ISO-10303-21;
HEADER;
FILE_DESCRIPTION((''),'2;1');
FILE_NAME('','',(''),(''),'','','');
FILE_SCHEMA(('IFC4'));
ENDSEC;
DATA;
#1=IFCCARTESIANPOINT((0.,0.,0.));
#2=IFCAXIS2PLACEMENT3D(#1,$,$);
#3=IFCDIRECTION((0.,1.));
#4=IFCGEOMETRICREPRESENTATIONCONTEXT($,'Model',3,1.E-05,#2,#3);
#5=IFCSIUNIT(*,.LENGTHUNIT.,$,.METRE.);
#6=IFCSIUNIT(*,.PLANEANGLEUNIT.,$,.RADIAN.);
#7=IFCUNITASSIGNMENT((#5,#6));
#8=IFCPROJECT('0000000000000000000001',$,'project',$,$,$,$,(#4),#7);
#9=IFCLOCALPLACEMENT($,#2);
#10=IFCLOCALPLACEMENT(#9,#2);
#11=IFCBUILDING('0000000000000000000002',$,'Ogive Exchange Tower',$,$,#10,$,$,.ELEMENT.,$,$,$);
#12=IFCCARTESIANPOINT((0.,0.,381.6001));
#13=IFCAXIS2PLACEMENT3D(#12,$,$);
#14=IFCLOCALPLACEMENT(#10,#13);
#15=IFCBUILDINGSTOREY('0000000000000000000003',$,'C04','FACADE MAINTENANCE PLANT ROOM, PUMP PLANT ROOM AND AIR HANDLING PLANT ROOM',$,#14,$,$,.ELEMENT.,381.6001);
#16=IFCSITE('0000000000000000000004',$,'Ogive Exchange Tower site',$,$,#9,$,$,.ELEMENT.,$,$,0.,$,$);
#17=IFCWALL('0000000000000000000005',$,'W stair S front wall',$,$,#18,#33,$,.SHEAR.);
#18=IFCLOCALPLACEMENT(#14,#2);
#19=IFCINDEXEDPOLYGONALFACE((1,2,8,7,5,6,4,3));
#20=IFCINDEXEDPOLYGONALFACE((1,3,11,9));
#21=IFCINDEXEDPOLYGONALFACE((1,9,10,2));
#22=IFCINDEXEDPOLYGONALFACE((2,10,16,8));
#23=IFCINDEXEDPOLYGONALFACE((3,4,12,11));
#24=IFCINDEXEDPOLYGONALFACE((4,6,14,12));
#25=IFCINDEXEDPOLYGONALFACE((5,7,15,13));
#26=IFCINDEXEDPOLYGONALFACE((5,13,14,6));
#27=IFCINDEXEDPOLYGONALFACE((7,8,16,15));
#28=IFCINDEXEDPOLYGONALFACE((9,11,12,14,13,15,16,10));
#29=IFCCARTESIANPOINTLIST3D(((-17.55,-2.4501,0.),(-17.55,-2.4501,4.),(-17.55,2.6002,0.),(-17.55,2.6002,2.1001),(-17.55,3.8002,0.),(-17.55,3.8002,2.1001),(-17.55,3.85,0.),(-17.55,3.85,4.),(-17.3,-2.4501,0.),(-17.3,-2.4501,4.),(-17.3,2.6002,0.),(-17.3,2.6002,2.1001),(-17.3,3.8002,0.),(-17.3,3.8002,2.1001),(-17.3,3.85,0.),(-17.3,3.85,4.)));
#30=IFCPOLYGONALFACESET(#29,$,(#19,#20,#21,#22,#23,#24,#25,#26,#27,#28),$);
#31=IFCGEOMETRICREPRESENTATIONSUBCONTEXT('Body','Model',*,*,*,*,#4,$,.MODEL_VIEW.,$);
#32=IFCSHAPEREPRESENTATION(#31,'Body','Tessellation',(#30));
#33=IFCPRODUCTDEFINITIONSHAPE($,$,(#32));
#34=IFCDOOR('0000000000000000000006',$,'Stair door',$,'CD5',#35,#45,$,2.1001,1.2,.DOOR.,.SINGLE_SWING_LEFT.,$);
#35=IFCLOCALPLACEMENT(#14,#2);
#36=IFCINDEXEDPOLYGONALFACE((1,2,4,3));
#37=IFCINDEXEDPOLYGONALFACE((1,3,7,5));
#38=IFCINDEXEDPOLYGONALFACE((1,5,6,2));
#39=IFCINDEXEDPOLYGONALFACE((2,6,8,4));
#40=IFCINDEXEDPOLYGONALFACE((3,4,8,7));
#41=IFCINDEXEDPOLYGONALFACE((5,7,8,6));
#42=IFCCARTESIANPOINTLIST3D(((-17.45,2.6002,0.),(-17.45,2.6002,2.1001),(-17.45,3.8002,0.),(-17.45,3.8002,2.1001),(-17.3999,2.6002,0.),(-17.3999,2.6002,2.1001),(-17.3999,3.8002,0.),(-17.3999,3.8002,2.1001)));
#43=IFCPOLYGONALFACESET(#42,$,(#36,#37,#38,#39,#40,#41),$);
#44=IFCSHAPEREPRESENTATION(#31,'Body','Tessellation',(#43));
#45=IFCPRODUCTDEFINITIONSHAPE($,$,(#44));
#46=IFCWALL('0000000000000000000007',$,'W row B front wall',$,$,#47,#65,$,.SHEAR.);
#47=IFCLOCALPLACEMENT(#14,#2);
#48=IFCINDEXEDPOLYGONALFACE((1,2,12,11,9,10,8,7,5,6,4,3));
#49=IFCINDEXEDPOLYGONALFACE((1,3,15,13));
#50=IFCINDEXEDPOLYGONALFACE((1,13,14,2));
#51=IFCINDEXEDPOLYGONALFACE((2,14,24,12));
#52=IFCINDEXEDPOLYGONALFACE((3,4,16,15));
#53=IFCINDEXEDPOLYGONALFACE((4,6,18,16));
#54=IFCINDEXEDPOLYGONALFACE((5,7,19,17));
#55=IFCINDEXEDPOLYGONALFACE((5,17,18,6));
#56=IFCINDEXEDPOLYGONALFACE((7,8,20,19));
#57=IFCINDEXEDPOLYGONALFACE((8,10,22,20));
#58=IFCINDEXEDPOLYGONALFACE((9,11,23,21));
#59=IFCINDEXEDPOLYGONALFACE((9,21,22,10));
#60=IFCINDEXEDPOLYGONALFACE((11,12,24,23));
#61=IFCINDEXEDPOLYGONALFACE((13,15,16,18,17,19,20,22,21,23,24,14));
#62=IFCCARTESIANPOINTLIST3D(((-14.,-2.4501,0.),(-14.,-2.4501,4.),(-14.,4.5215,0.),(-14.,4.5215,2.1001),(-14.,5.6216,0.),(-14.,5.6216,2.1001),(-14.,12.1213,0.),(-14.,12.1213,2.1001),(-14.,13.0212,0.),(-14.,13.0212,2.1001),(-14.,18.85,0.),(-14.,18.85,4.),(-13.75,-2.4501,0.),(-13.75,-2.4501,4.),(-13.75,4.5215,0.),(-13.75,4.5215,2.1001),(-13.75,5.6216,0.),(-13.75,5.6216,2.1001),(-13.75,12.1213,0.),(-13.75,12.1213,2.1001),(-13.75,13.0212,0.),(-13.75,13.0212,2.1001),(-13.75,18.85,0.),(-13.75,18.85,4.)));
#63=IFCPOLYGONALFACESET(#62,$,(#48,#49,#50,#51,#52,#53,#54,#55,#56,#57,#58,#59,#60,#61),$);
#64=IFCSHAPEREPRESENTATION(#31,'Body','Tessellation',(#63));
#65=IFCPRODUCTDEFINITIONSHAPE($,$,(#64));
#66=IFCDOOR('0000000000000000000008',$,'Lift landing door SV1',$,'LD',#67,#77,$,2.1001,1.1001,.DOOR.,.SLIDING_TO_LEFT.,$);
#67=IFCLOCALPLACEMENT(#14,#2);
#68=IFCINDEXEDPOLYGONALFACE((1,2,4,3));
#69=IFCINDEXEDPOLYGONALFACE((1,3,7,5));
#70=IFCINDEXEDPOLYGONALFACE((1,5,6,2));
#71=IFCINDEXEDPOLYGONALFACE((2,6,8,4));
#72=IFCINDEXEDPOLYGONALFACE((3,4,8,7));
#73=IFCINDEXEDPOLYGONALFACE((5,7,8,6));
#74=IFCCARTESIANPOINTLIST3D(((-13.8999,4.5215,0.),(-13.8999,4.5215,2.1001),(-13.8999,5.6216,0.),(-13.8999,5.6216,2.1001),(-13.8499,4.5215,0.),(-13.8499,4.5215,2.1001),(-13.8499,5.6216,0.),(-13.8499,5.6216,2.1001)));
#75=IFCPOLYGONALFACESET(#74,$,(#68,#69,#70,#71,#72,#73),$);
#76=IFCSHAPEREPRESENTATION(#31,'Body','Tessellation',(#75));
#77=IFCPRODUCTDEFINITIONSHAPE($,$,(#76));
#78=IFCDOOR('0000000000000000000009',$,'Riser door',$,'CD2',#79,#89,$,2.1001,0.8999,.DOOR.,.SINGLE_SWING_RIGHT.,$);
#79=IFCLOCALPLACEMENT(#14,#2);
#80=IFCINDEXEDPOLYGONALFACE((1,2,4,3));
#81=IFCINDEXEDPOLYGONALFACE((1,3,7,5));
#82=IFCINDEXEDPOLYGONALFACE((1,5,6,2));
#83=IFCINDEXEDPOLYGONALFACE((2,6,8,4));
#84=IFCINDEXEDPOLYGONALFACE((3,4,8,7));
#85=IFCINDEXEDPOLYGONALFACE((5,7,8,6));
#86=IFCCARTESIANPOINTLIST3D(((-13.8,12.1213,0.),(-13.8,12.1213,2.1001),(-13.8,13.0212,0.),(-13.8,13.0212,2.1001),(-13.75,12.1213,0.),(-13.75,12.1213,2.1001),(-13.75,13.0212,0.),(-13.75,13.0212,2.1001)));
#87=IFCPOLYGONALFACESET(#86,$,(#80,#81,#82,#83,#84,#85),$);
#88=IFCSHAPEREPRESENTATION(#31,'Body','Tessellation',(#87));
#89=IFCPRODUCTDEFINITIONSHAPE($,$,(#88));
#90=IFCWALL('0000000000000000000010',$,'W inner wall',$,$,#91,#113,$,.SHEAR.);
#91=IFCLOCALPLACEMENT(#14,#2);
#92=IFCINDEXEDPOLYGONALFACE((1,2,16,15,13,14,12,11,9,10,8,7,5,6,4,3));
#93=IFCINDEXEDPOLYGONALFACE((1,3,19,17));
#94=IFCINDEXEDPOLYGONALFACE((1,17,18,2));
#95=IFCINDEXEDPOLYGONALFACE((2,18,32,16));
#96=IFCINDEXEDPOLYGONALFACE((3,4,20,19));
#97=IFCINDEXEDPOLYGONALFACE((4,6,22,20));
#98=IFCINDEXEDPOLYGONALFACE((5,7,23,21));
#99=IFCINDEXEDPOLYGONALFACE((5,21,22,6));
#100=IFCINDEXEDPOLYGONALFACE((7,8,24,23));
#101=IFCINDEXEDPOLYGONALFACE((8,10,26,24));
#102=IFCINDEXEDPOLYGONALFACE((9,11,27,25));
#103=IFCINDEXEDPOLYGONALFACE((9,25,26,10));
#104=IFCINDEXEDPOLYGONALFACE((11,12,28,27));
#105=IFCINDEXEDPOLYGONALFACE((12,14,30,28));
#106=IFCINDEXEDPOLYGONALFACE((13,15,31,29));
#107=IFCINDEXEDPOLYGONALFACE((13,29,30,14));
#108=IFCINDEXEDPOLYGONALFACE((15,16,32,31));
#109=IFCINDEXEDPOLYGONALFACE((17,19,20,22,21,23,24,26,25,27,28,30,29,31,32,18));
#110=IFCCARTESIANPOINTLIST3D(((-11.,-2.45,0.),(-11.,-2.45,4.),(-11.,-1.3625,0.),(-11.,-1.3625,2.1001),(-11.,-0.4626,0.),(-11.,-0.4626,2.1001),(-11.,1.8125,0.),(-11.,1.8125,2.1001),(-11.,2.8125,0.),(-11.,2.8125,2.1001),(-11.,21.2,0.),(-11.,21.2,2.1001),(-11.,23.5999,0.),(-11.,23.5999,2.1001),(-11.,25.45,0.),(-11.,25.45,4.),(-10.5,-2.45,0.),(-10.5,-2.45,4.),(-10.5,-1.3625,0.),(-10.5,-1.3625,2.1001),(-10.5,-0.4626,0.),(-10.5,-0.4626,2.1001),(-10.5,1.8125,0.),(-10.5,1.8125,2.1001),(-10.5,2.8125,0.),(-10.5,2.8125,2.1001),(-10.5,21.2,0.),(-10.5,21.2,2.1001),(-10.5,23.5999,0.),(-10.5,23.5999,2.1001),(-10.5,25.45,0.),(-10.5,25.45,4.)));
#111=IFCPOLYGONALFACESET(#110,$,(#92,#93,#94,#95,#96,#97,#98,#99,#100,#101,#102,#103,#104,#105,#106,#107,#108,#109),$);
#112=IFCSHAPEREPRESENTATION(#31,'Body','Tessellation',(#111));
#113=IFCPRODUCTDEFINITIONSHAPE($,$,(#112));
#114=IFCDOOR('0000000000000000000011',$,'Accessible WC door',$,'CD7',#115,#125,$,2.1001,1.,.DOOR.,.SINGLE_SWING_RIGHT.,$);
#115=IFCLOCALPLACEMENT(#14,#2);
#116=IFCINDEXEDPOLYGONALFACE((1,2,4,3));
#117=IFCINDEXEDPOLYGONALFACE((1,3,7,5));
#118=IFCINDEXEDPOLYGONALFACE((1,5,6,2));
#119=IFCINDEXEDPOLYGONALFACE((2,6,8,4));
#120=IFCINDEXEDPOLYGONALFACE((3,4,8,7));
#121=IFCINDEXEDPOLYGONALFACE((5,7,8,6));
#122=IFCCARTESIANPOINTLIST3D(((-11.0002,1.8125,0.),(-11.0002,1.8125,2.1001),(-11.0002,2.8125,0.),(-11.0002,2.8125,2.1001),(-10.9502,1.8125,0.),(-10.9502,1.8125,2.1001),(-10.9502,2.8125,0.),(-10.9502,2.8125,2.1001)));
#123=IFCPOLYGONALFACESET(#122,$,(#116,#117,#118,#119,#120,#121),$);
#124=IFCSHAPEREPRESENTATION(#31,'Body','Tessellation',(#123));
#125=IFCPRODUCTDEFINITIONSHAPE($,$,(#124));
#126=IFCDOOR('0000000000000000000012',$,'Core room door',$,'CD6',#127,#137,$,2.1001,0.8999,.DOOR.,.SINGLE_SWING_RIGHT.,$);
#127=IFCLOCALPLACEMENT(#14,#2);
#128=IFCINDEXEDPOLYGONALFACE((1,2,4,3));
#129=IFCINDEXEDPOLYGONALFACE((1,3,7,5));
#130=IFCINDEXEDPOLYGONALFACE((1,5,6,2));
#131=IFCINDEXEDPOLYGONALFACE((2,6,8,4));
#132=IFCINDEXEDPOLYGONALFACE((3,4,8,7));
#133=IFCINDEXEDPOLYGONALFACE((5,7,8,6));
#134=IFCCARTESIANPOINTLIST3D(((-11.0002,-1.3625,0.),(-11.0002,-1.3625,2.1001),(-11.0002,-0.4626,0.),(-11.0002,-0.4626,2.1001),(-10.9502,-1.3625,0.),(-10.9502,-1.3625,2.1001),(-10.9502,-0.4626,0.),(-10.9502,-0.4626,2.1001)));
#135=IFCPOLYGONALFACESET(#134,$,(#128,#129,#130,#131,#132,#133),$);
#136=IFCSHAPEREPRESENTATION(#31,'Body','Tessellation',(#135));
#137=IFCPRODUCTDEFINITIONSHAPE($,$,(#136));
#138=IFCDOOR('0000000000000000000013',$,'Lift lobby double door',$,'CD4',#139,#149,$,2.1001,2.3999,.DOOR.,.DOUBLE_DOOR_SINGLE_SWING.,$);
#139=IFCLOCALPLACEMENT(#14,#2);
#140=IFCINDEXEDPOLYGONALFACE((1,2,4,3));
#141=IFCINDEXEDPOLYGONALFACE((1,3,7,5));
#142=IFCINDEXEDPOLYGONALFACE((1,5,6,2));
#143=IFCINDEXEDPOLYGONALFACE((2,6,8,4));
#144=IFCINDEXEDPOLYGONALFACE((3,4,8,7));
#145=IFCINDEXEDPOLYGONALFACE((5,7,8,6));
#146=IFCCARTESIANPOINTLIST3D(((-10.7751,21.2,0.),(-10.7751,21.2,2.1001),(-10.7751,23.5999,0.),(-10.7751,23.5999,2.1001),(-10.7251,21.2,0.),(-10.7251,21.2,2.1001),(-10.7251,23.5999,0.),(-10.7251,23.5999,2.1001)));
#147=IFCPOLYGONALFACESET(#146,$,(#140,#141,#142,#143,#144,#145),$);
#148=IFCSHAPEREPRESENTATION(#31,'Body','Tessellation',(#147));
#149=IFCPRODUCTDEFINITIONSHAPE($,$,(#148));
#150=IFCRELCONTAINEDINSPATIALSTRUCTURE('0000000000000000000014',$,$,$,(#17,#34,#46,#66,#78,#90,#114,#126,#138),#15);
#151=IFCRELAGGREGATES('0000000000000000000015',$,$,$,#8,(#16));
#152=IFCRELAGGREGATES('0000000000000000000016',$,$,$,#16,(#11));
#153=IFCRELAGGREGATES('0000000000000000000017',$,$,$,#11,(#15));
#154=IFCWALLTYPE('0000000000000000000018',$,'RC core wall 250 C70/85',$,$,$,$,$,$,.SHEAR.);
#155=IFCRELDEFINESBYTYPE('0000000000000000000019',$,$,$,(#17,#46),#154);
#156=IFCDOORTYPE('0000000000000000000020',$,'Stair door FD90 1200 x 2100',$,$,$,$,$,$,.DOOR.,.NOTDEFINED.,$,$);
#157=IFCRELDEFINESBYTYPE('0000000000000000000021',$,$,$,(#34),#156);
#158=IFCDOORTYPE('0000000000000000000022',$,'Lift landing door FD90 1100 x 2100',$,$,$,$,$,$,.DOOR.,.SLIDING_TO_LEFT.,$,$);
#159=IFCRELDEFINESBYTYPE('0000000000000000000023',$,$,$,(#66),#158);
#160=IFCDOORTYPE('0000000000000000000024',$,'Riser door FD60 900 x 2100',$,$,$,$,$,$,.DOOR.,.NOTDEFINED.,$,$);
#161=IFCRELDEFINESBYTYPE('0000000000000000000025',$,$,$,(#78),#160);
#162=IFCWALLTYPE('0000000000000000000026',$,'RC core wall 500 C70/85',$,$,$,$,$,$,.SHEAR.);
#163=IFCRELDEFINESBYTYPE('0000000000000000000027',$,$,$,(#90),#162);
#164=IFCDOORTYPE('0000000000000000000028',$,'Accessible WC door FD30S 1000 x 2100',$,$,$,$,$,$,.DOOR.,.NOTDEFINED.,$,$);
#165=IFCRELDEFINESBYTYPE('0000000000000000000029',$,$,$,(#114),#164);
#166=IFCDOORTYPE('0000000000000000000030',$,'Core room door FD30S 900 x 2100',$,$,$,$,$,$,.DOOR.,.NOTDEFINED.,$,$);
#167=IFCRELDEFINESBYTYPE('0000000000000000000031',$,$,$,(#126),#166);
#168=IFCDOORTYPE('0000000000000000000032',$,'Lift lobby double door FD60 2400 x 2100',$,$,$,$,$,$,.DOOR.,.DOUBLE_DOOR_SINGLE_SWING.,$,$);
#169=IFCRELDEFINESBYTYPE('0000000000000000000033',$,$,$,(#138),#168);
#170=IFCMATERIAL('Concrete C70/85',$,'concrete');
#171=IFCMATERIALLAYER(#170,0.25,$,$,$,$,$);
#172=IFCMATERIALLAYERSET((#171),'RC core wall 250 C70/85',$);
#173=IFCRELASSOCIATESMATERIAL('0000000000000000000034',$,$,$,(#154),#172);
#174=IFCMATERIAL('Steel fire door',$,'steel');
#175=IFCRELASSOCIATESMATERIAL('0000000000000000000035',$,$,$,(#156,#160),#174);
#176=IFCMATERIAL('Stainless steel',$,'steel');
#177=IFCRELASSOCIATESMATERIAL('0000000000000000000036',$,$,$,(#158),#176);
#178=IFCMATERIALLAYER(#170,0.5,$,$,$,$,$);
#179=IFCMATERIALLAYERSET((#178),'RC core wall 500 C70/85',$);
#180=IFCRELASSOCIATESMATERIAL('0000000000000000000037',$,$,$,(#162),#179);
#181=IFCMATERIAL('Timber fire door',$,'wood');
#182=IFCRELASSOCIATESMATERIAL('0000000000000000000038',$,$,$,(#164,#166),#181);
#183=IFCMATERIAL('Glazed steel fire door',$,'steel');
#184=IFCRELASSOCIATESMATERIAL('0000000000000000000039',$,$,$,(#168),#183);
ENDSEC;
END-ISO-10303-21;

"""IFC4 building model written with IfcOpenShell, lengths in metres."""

from ifc_helpers import new_model, si_unit, direction, frame, frame_2d, origin, place, context, subcontext, project, spatial, rectangle, extrude, material, layer, layer_set, type_object, element, fill, save


model = new_model("IFC4")

# Units and contexts
model_context = context("Model", 3, precision=1e-05, world=origin(), true_north=direction((0.0, 1.0)))
body_context = subcontext(model_context, "Body", "Model", "MODEL_VIEW")
ifc_project = project(units=[si_unit("LENGTHUNIT", "METRE"), si_unit("PLANEANGLEUNIT", "RADIAN")], contexts=[model_context])

# Site, building, storey
site_placement = place(None, origin())
site = spatial("IfcSite", under=ifc_project, at=site_placement, Name="Ogive Exchange Tower site", CompositionType="ELEMENT", RefElevation=0.0)
building_placement = place(site_placement, origin())
building = spatial("IfcBuilding", under=site, at=building_placement, Name="Ogive Exchange Tower", CompositionType="ELEMENT")
storey_placement = place(building_placement, frame((0.0, 0.0, 381.6001)))
storey = spatial("IfcBuildingStorey", under=building, at=storey_placement, Name="C04", Description="FACADE MAINTENANCE PLANT ROOM, PUMP PLANT ROOM AND AIR HANDLING PLANT ROOM", CompositionType="ELEMENT", Elevation=381.6001)

# Wall, opening, door
ifc_material_1 = material(Name="Concrete C70/85", Category="concrete")
ifc_layer_1 = layer(ifc_material_1, 0.25)
ifc_layer_set_1 = layer_set([ifc_layer_1], Name="RC core wall 250 C70/85")
wall_type_1 = type_object("IfcWallType", Name="RC core wall 250 C70/85", PredefinedType="SHEAR", material=ifc_layer_set_1)
wall_1_placement = place(storey_placement, frame((-17.425, -2.45, 0.0), z_axis=(0.0, 0.0, 1.0), x_axis=(0.0, 1.0, 0.0)))
wall_1 = element("IfcWall", 1, at=wall_1_placement, inside=storey, type_object=wall_type_1, Name="W stair S front wall", PredefinedType="SHEAR", context=body_context, shape_type="SweptSolid", body=[
    extrude(rectangle(XDim=6.3, YDim=0.25, at=frame_2d((3.1499, 0.0))), origin(), (0.0, 0.0, 1.0), 4.0),
])
opening_1_placement = place(wall_1_placement, frame((5.05, 0.0, 0.0)))
opening_1 = element("IfcOpeningElement", 2, at=opening_1_placement, cuts=wall_1, PredefinedType="OPENING", context=body_context, shape_type="SweptSolid", body=[
    extrude(rectangle(XDim=1.2, YDim=2.1001, at=frame_2d((0.6001, 1.05))), frame((0.0, 0.135, 0.0), z_axis=(0.0, -1.0, 0.0), x_axis=(1.0, 0.0, 0.0)), (0.0, 0.0, 1.0), 0.27),
])
ifc_material_2 = material(Name="Steel fire door", Category="steel")
door_type_1 = type_object("IfcDoorType", Name="Stair door FD90 1200 x 2100", OperationType="NOTDEFINED", PredefinedType="DOOR", material=ifc_material_2)
door_1_placement = place(opening_1_placement, origin())
door_1 = element("IfcDoor", 3, at=door_1_placement, inside=storey, type_object=door_type_1, Name="Stair door", ObjectType="CD5", OperationType="SINGLE_SWING_LEFT", OverallHeight=2.1001, OverallWidth=1.2, PredefinedType="DOOR", context=body_context, shape_type="SweptSolid", body=[
    extrude(rectangle(XDim=1.2, YDim=2.1001, at=frame_2d((0.6001, 1.05))), frame((0.0, 0.0249, 0.0), z_axis=(0.0, -1.0, 0.0), x_axis=(1.0, 0.0, 0.0)), (0.0, 0.0, 1.0), 0.05),
])
fill(opening_1, door_1)

# Walls, openings, doors
wall_2_placement = place(storey_placement, frame((-13.875, -2.45, 0.0), z_axis=(0.0, 0.0, 1.0), x_axis=(0.0, 1.0, 0.0)))
wall_2 = element("IfcWall", 4, at=wall_2_placement, inside=storey, type_object=wall_type_1, Name="W row B front wall", PredefinedType="SHEAR", context=body_context, shape_type="SweptSolid", body=[
    extrude(rectangle(XDim=21.3, YDim=0.25, at=frame_2d((10.6499, 0.0))), origin(), (0.0, 0.0, 1.0), 4.0),
])
opening_2_placement = place(wall_2_placement, frame((14.5713, 0.0, 0.0)))
opening_2 = element("IfcOpeningElement", 5, at=opening_2_placement, cuts=wall_2, PredefinedType="OPENING", context=body_context, shape_type="SweptSolid", body=[
    extrude(rectangle(XDim=0.8999, YDim=2.1001, at=frame_2d((0.45, 1.05))), frame((0.0, 0.135, 0.0), z_axis=(0.0, -1.0, 0.0), x_axis=(1.0, 0.0, 0.0)), (0.0, 0.0, 1.0), 0.27),
])
opening_3_placement = place(wall_2_placement, frame((6.9714, 0.0, 0.0)))
opening_3 = element("IfcOpeningElement", 6, at=opening_3_placement, cuts=wall_2, PredefinedType="OPENING", context=body_context, shape_type="SweptSolid", body=[
    extrude(rectangle(XDim=1.1001, YDim=2.1001, at=frame_2d((0.55, 1.05))), frame((0.0, 0.135, 0.0), z_axis=(0.0, -1.0, 0.0), x_axis=(1.0, 0.0, 0.0)), (0.0, 0.0, 1.0), 0.27),
])
ifc_material_3 = material(Name="Stainless steel", Category="steel")
door_type_2 = type_object("IfcDoorType", Name="Lift landing door FD90 1100 x 2100", OperationType="SLIDING_TO_LEFT", PredefinedType="DOOR", material=ifc_material_3)
door_2_placement = place(opening_3_placement, origin())
door_2 = element("IfcDoor", 7, at=door_2_placement, inside=storey, type_object=door_type_2, Name="Lift landing door SV1", ObjectType="LD", OperationType="SLIDING_TO_LEFT", OverallHeight=2.1001, OverallWidth=1.1001, PredefinedType="DOOR", context=body_context, shape_type="SweptSolid", body=[
    extrude(rectangle(XDim=1.1001, YDim=2.1001, at=frame_2d((0.55, 1.05))), frame((0.0, 0.0249, 0.0), z_axis=(0.0, -1.0, 0.0), x_axis=(1.0, 0.0, 0.0)), (0.0, 0.0, 1.0), 0.05),
])
fill(opening_3, door_2)
door_type_3 = type_object("IfcDoorType", Name="Riser door FD60 900 x 2100", OperationType="NOTDEFINED", PredefinedType="DOOR", material=ifc_material_2)
door_3_placement = place(opening_2_placement, frame((0.8999, -0.2002, 0.0), z_axis=(0.0, 0.0, 1.0), x_axis=(-1.0, 0.0, 0.0)))
door_3 = element("IfcDoor", 8, at=door_3_placement, inside=storey, type_object=door_type_3, Name="Riser door", ObjectType="CD2", OperationType="SINGLE_SWING_RIGHT", OverallHeight=2.1001, OverallWidth=0.8999, PredefinedType="DOOR", context=body_context, shape_type="SweptSolid", body=[
    extrude(rectangle(XDim=0.8999, YDim=2.1001, at=frame_2d((0.45, 1.05))), frame((0.0, -0.0752, 0.0), z_axis=(0.0, -1.0, 0.0), x_axis=(1.0, 0.0, 0.0)), (0.0, 0.0, 1.0), 0.05),
])
fill(opening_2, door_3)
ifc_layer_2 = layer(ifc_material_1, 0.5)
ifc_layer_set_2 = layer_set([ifc_layer_2], Name="RC core wall 500 C70/85")
wall_type_2 = type_object("IfcWallType", Name="RC core wall 500 C70/85", PredefinedType="SHEAR", material=ifc_layer_set_2)
wall_3_placement = place(storey_placement, frame((-10.75, -2.45, 0.0), z_axis=(0.0, 0.0, 1.0), x_axis=(0.0, 1.0, 0.0)))
wall_3 = element("IfcWall", 9, at=wall_3_placement, inside=storey, type_object=wall_type_2, Name="W inner wall", PredefinedType="SHEAR", context=body_context, shape_type="SweptSolid", body=[
    extrude(rectangle(XDim=27.8999, YDim=0.5, at=frame_2d((13.95, 0.0))), origin(), (0.0, 0.0, 1.0), 4.0),
])
opening_4_placement = place(wall_3_placement, frame((23.6499, 0.0, 0.0)))
opening_4 = element("IfcOpeningElement", 10, at=opening_4_placement, cuts=wall_3, PredefinedType="OPENING", context=body_context, shape_type="SweptSolid", body=[
    extrude(rectangle(XDim=2.3999, YDim=2.1001, at=frame_2d((1.2, 1.05))), frame((0.0, 0.26, 0.0), z_axis=(0.0, -1.0, 0.0), x_axis=(1.0, 0.0, 0.0)), (0.0, 0.0, 1.0), 0.52),
])
opening_5_placement = place(wall_3_placement, frame((1.0874, 0.0, 0.0)))
opening_5 = element("IfcOpeningElement", 11, at=opening_5_placement, cuts=wall_3, PredefinedType="OPENING", context=body_context, shape_type="SweptSolid", body=[
    extrude(rectangle(XDim=0.8999, YDim=2.1001, at=frame_2d((0.45, 1.05))), frame((0.0, 0.26, 0.0), z_axis=(0.0, -1.0, 0.0), x_axis=(1.0, 0.0, 0.0)), (0.0, 0.0, 1.0), 0.52),
])
opening_6_placement = place(wall_3_placement, frame((4.2625, 0.0, 0.0)))
opening_6 = element("IfcOpeningElement", 12, at=opening_6_placement, cuts=wall_3, PredefinedType="OPENING", context=body_context, shape_type="SweptSolid", body=[
    extrude(rectangle(XDim=1.0, YDim=2.1001, at=frame_2d((0.5, 1.05))), frame((0.0, 0.26, 0.0), z_axis=(0.0, -1.0, 0.0), x_axis=(1.0, 0.0, 0.0)), (0.0, 0.0, 1.0), 0.52),
])
ifc_material_4 = material(Name="Timber fire door", Category="wood")
door_type_4 = type_object("IfcDoorType", Name="Accessible WC door FD30S 1000 x 2100", OperationType="NOTDEFINED", PredefinedType="DOOR", material=ifc_material_4)
door_4_placement = place(opening_6_placement, frame((1.0, 0.4502, 0.0), z_axis=(0.0, 0.0, 1.0), x_axis=(-1.0, 0.0, 0.0)))
door_4 = element("IfcDoor", 13, at=door_4_placement, inside=storey, type_object=door_type_4, Name="Accessible WC door", ObjectType="CD7", OperationType="SINGLE_SWING_RIGHT", OverallHeight=2.1001, OverallWidth=1.0, PredefinedType="DOOR", context=body_context, shape_type="SweptSolid", body=[
    extrude(rectangle(XDim=1.0, YDim=2.1001, at=frame_2d((0.5, 1.05))), frame((0.0, 0.25, 0.0), z_axis=(0.0, -1.0, 0.0), x_axis=(1.0, 0.0, 0.0)), (0.0, 0.0, 1.0), 0.05),
])
fill(opening_6, door_4)
door_type_5 = type_object("IfcDoorType", Name="Core room door FD30S 900 x 2100", OperationType="NOTDEFINED", PredefinedType="DOOR", material=ifc_material_4)
door_5_placement = place(opening_5_placement, frame((0.8999, 0.4502, 0.0), z_axis=(0.0, 0.0, 1.0), x_axis=(-1.0, 0.0, 0.0)))
door_5 = element("IfcDoor", 14, at=door_5_placement, inside=storey, type_object=door_type_5, Name="Core room door", ObjectType="CD6", OperationType="SINGLE_SWING_RIGHT", OverallHeight=2.1001, OverallWidth=0.8999, PredefinedType="DOOR", context=body_context, shape_type="SweptSolid", body=[
    extrude(rectangle(XDim=0.8999, YDim=2.1001, at=frame_2d((0.45, 1.05))), frame((0.0, 0.25, 0.0), z_axis=(0.0, -1.0, 0.0), x_axis=(1.0, 0.0, 0.0)), (0.0, 0.0, 1.0), 0.05),
])
fill(opening_5, door_5)
ifc_material_5 = material(Name="Glazed steel fire door", Category="steel")
door_type_6 = type_object("IfcDoorType", Name="Lift lobby double door FD60 2400 x 2100", OperationType="DOUBLE_DOOR_SINGLE_SWING", PredefinedType="DOOR", material=ifc_material_5)
door_6_placement = place(opening_4_placement, frame((2.3999, 0.0, 0.0), z_axis=(0.0, 0.0, 1.0), x_axis=(-1.0, 0.0, 0.0)))
door_6 = element("IfcDoor", 15, at=door_6_placement, inside=storey, type_object=door_type_6, Name="Lift lobby double door", ObjectType="CD4", OperationType="DOUBLE_DOOR_SINGLE_SWING", OverallHeight=2.1001, OverallWidth=2.3999, PredefinedType="DOOR", context=body_context, shape_type="SweptSolid", body=[
    extrude(rectangle(XDim=2.3999, YDim=2.1001, at=frame_2d((1.2, 1.05))), frame((0.0, 0.0249, 0.0), z_axis=(0.0, -1.0, 0.0), x_axis=(1.0, 0.0, 0.0)), (0.0, 0.0, 1.0), 0.05),
])
fill(opening_4, door_6)

save(model, "model.ifc")
